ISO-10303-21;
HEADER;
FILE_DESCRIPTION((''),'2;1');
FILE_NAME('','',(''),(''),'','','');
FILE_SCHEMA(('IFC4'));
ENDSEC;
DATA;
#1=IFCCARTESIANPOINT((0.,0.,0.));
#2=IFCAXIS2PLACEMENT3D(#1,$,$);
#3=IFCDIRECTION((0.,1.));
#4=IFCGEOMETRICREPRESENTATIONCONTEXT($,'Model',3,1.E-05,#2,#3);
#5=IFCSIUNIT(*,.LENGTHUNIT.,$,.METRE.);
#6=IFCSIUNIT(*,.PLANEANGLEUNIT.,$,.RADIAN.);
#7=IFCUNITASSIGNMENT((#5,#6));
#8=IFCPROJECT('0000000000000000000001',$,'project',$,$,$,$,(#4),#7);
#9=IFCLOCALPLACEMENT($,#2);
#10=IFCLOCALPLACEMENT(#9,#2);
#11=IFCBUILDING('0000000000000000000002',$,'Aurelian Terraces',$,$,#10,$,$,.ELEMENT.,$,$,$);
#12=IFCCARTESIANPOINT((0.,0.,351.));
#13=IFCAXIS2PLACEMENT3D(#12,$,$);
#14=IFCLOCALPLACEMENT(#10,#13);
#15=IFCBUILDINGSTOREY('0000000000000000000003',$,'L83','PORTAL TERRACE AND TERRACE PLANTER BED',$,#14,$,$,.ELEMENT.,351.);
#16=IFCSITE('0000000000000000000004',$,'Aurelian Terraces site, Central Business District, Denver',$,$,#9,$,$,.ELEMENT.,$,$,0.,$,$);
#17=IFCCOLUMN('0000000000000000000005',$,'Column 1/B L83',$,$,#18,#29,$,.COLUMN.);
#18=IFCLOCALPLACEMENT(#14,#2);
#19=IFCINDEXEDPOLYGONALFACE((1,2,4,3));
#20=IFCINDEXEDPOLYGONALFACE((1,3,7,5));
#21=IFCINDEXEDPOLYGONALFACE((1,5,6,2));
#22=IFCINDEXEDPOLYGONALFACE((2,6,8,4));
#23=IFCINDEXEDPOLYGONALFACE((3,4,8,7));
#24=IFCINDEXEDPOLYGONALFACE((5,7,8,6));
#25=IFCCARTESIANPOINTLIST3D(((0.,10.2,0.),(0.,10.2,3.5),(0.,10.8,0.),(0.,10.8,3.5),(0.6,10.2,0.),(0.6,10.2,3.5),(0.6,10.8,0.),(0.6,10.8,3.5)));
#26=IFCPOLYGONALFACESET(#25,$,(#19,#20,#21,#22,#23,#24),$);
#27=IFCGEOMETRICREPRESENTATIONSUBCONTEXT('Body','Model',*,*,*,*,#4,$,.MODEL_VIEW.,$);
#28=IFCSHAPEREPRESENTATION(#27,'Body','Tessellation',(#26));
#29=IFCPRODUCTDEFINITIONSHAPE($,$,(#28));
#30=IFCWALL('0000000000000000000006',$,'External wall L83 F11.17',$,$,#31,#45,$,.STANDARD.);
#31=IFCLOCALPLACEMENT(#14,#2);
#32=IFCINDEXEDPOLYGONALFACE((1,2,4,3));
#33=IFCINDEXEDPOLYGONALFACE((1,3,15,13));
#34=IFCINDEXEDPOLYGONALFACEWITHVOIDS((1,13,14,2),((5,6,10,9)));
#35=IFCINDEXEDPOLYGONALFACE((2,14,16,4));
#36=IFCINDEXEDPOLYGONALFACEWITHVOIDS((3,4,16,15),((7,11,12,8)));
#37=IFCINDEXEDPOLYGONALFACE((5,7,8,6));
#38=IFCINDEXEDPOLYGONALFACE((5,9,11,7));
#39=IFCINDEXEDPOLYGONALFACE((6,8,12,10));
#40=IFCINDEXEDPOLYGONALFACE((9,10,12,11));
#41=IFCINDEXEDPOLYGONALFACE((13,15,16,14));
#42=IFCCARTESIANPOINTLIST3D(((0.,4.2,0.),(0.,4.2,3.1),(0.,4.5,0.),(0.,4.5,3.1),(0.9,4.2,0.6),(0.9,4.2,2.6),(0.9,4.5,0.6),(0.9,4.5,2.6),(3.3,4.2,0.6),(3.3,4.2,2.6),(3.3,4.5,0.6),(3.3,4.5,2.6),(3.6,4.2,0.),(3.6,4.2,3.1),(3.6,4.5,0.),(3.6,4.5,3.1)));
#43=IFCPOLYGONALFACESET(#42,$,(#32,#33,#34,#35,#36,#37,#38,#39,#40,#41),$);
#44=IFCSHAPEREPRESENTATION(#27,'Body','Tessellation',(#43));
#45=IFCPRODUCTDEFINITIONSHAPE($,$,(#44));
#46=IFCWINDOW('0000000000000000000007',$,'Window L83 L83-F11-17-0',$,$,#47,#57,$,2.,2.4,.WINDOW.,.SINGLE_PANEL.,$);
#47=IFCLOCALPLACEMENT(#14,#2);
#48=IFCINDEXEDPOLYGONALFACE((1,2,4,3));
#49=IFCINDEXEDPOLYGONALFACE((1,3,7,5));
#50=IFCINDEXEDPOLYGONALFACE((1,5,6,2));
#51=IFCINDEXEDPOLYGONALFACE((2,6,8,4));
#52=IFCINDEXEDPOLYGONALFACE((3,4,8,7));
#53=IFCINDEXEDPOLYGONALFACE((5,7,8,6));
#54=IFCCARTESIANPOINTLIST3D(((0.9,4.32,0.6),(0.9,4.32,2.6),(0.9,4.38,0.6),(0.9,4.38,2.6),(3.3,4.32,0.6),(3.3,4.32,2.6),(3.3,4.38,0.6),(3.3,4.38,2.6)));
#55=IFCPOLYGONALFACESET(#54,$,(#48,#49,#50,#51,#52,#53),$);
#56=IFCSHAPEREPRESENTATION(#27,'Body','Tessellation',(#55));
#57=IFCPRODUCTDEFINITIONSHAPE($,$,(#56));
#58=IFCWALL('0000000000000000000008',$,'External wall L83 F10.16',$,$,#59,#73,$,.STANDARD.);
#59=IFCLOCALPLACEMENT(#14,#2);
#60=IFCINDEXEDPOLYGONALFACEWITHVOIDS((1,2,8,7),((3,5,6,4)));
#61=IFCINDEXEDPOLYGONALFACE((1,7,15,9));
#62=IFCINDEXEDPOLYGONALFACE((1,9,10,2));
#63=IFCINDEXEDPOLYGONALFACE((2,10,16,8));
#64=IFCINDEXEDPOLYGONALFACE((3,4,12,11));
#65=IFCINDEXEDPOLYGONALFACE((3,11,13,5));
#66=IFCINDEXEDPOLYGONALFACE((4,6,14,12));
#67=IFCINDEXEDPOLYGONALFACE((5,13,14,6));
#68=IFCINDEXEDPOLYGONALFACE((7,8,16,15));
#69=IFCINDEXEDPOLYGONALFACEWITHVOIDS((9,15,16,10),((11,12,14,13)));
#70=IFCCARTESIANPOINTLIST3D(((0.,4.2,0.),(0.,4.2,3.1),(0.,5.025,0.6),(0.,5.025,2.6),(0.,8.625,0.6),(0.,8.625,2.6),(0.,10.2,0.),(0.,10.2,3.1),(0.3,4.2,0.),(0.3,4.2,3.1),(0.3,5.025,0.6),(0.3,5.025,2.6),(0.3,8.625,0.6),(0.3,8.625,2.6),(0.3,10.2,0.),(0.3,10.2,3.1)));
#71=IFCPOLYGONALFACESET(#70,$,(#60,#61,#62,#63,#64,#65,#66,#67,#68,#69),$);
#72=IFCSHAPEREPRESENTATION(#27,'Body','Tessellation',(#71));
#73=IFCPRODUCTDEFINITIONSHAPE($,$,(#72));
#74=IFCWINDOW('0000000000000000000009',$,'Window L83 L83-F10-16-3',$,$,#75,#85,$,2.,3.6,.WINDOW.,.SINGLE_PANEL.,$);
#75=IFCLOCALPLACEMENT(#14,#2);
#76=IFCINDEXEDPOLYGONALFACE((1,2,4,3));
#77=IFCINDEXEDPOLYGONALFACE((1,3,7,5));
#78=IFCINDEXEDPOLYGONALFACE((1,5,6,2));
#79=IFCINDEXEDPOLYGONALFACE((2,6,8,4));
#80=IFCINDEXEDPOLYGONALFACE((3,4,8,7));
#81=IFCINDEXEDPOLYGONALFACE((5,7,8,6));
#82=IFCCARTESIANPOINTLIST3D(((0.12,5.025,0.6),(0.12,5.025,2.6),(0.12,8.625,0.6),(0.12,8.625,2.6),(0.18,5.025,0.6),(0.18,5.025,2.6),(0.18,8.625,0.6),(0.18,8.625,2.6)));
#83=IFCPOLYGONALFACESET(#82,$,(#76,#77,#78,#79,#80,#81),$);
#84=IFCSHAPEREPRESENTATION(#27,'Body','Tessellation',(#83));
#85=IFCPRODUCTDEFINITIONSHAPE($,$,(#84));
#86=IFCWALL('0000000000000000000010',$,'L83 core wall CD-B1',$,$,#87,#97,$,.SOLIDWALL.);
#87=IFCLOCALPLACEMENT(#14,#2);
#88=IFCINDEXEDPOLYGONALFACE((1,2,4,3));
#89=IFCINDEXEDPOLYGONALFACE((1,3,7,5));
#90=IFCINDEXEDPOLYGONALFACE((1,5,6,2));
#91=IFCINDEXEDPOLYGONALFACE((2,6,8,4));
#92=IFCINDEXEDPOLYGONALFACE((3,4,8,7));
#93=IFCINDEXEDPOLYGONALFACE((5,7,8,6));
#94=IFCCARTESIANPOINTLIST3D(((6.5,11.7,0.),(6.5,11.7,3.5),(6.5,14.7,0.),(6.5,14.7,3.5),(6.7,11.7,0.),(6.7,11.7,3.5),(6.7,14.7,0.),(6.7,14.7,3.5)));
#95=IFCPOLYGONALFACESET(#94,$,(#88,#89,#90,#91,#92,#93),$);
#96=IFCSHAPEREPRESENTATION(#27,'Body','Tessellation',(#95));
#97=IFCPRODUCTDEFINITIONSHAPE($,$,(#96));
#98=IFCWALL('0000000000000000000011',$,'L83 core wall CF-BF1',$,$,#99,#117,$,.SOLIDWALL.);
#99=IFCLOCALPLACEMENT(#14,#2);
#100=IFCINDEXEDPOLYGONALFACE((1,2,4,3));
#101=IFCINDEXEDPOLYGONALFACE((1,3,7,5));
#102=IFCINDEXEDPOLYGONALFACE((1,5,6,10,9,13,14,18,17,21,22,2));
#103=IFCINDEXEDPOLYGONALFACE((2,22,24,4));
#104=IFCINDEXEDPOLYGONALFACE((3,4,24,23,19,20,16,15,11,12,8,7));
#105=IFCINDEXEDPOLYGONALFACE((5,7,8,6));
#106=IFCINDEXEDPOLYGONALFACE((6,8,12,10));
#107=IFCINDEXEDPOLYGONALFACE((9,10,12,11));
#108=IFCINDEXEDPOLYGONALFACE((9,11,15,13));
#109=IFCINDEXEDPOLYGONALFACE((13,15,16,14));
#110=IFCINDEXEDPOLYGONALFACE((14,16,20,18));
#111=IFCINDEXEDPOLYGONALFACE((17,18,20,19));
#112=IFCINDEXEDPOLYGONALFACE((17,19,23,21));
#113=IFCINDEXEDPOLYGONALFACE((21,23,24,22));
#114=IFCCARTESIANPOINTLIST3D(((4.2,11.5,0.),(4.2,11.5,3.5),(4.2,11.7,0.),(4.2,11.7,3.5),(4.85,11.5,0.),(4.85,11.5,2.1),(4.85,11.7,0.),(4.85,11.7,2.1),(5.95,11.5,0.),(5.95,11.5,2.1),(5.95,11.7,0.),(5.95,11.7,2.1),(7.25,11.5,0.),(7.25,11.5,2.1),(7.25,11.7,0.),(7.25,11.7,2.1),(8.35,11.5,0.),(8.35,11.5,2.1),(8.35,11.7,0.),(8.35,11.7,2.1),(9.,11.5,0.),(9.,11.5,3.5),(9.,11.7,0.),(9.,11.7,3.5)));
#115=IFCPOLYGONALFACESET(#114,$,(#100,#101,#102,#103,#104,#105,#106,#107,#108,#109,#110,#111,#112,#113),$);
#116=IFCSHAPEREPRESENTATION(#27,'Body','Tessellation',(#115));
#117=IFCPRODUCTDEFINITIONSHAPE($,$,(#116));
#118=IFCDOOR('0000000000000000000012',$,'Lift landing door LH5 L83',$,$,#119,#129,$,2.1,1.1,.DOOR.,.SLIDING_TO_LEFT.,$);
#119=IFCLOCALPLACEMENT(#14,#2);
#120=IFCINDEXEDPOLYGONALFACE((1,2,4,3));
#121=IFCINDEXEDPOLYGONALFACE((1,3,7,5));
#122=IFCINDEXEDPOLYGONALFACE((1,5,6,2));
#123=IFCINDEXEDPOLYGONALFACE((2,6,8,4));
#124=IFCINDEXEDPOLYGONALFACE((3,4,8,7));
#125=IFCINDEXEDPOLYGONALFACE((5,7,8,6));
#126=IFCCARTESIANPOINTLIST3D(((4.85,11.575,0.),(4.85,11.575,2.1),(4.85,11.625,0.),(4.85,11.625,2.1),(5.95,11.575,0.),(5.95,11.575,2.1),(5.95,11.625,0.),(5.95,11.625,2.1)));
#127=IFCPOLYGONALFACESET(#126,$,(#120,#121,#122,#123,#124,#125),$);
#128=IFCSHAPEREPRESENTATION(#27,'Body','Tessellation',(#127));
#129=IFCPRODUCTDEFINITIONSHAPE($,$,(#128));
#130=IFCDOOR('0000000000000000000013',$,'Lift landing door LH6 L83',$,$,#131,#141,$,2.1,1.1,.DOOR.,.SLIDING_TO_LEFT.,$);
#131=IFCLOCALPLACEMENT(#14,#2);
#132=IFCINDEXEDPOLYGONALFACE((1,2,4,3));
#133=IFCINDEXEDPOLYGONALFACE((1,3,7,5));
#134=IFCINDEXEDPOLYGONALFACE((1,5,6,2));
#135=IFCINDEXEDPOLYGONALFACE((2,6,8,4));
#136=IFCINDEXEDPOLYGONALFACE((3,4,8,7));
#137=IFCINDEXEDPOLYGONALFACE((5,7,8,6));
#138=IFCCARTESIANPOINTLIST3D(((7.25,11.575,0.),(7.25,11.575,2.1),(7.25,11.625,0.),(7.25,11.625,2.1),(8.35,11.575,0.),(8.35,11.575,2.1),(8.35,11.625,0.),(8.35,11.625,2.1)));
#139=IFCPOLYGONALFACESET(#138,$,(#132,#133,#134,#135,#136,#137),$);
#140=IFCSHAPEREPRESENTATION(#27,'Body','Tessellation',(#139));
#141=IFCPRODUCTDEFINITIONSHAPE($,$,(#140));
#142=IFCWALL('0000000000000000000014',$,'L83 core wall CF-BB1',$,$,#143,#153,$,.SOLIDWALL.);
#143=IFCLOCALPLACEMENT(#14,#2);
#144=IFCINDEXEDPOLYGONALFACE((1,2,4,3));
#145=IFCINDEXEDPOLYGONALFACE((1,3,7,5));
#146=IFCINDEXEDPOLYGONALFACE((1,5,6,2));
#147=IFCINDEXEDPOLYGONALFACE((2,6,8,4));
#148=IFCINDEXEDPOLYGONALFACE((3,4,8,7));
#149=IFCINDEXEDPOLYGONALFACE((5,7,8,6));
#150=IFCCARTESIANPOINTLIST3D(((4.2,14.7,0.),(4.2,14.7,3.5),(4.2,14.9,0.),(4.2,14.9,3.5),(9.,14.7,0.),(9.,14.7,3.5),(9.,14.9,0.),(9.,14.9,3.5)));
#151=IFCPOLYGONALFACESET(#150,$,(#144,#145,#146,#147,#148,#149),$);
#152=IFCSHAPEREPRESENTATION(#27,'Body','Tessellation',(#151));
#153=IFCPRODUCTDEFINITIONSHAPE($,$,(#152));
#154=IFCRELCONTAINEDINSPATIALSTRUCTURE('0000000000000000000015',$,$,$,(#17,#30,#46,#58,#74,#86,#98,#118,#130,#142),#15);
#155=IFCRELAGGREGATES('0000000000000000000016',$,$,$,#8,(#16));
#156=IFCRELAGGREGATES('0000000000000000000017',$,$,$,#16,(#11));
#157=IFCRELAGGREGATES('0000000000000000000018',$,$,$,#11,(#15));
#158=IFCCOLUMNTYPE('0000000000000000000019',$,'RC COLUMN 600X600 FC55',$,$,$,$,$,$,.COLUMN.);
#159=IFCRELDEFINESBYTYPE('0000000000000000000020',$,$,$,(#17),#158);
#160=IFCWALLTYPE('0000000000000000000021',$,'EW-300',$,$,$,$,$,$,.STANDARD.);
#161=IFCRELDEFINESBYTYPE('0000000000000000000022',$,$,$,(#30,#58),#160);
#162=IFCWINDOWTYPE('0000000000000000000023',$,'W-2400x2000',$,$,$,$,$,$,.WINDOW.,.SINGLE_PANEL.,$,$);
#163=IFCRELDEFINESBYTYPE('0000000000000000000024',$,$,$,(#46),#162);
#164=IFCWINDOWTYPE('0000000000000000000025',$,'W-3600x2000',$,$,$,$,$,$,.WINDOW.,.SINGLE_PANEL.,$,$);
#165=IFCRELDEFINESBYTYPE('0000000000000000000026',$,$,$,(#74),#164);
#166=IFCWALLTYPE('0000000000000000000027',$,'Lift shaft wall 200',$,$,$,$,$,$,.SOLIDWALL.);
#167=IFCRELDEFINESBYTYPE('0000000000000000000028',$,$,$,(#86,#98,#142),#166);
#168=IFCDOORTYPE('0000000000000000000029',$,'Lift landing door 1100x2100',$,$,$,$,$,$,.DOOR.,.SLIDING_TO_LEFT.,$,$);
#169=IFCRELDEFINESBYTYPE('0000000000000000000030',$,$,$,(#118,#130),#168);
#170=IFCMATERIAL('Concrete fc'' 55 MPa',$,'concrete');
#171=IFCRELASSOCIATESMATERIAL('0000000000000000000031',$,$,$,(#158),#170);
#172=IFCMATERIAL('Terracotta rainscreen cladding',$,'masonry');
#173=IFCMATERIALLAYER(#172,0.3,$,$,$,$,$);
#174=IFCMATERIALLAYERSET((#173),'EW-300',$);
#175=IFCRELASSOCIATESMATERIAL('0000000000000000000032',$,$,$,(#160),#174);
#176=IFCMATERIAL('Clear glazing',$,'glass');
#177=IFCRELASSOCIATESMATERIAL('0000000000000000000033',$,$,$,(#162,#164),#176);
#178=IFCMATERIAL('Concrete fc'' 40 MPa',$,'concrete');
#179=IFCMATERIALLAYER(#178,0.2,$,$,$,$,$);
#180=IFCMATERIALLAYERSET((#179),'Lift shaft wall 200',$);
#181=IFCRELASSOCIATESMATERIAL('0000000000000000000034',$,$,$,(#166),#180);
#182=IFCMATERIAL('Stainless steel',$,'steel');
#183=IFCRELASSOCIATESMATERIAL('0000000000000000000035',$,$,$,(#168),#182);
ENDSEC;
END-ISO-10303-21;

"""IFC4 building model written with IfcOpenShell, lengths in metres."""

from ifc_helpers import new_model, si_unit, direction, frame, frame_2d, origin, origin_2d, place, context, subcontext, project, spatial, rectangle, extrude, source, transform, mapped, material, layer, layer_set, material_profile, profile_set, type_object, element, fill, save


model = new_model("IFC4")

# Units and contexts
model_context = context("Model", 3, precision=1e-05, world=origin(), true_north=direction((0.0, 1.0)))
body_context = subcontext(model_context, "Body", "Model", "MODEL_VIEW")
ifc_project = project(units=[si_unit("LENGTHUNIT", "METRE"), si_unit("PLANEANGLEUNIT", "RADIAN")], contexts=[model_context])

# Site, building, storey
site_placement = place(None, origin())
site = spatial("IfcSite", under=ifc_project, at=site_placement, Name="Aurelian Terraces site, Central Business District, Denver", CompositionType="ELEMENT", RefElevation=0.0)
building_placement = place(site_placement, origin())
building = spatial("IfcBuilding", under=site, at=building_placement, Name="Aurelian Terraces", CompositionType="ELEMENT")
storey_placement = place(building_placement, frame((0.0, 0.0, 351.0)))
storey = spatial("IfcBuildingStorey", under=building, at=storey_placement, Name="L83", Description="PORTAL TERRACE AND TERRACE PLANTER BED", CompositionType="ELEMENT", Elevation=351.0)

# Column
ifc_material_1 = material(Name="Concrete fc' 55 MPa", Category="concrete")
ifc_material_profile = material_profile(ifc_material_1, rectangle(XDim=0.6, YDim=0.6, at=origin_2d()))
ifc_profile_set = profile_set([ifc_material_profile], Name="Concrete fc' 55 MPa")
column_type = type_object("IfcColumnType", Name="RC COLUMN 600X600 FC55", PredefinedType="COLUMN", material=ifc_profile_set)
shared_shape_1 = source(origin(), body_context, "Body", "SweptSolid", [
    extrude(rectangle(XDim=0.6, YDim=0.6, at=origin_2d()), origin(), (0.0, 0.0, 1.0), 3.5),
])
column_placement = place(storey_placement, frame((0.3, 10.5, 0.0), z_axis=(0.0, 0.0, 1.0), x_axis=(1.0, 0.0, 0.0)))
element("IfcColumn", 1, at=column_placement, inside=storey, type_object=column_type, Name="Column 1/B L83", PredefinedType="COLUMN", context=body_context, shape_type="MappedRepresentation", body=[
    mapped(shared_shape_1, transform((0.0, 0.0, 0.0), scale=1.0)),
])

# Walls, openings, windows
ifc_material_2 = material(Name="Terracotta rainscreen cladding", Category="masonry")
ifc_layer_1 = layer(ifc_material_2, 0.3)
ifc_layer_set_1 = layer_set([ifc_layer_1], Name="EW-300")
wall_type_1 = type_object("IfcWallType", Name="EW-300", PredefinedType="STANDARD", material=ifc_layer_set_1)
shared_shape_2 = source(origin(), body_context, "Body", "SweptSolid", [
    extrude(rectangle(XDim=3.6, YDim=0.3, at=frame_2d((1.8, 0.0))), origin(), (0.0, 0.0, 1.0), 3.1),
])
wall_1_placement = place(storey_placement, frame((0.0, 4.35, 0.0), z_axis=(0.0, 0.0, 1.0), x_axis=(1.0, 0.0, 0.0)))
wall_1 = element("IfcWall", 2, at=wall_1_placement, inside=storey, type_object=wall_type_1, Name="External wall L83 F11.17", PredefinedType="STANDARD", context=body_context, shape_type="MappedRepresentation", body=[
    mapped(shared_shape_2, transform((0.0, 0.0, 0.0), scale=1.0)),
])
shared_shape_3 = source(origin(), body_context, "Body", "SweptSolid", [
    extrude(rectangle(XDim=2.4, YDim=2.0, at=frame_2d((1.2, 1.0))), frame((0.0, 0.16, 0.0), z_axis=(0.0, -1.0, 0.0), x_axis=(1.0, 0.0, 0.0)), (0.0, 0.0, 1.0), 0.32),
])
opening_1_placement = place(wall_1_placement, frame((0.9, 0.0, 0.6)))
opening_1 = element("IfcOpeningElement", 3, at=opening_1_placement, cuts=wall_1, PredefinedType="OPENING", context=body_context, shape_type="MappedRepresentation", body=[
    mapped(shared_shape_3, transform((0.0, 0.0, 0.0), scale=1.0)),
])
ifc_material_3 = material(Name="Clear glazing", Category="glass")
window_type_1 = type_object("IfcWindowType", Name="W-2400x2000", PartitioningType="SINGLE_PANEL", PredefinedType="WINDOW", material=ifc_material_3)
shared_shape_4 = source(origin(), body_context, "Body", "SweptSolid", [
    extrude(rectangle(XDim=2.4, YDim=2.0, at=frame_2d((1.2, 1.0))), frame((0.0, 0.03, 0.0), z_axis=(0.0, -1.0, 0.0), x_axis=(1.0, 0.0, 0.0)), (0.0, 0.0, 1.0), 0.06),
])
window_1_placement = place(opening_1_placement, origin())
window_1 = element("IfcWindow", 4, at=window_1_placement, inside=storey, type_object=window_type_1, Name="Window L83 L83-F11-17-0", OverallHeight=2.0, OverallWidth=2.4, PartitioningType="SINGLE_PANEL", PredefinedType="WINDOW", context=body_context, shape_type="MappedRepresentation", body=[
    mapped(shared_shape_4, transform((0.0, 0.0, 0.0), scale=1.0)),
])
fill(opening_1, window_1)
shared_shape_5 = source(origin(), body_context, "Body", "SweptSolid", [
    extrude(rectangle(XDim=6.0, YDim=0.3, at=frame_2d((3.0, 0.0))), origin(), (0.0, 0.0, 1.0), 3.1),
])
wall_2_placement = place(storey_placement, frame((0.15, 10.2, 0.0), z_axis=(0.0, 0.0, 1.0), x_axis=(0.0, -1.0, 0.0)))
wall_2 = element("IfcWall", 5, at=wall_2_placement, inside=storey, type_object=wall_type_1, Name="External wall L83 F10.16", PredefinedType="STANDARD", context=body_context, shape_type="MappedRepresentation", body=[
    mapped(shared_shape_5, transform((0.0, 0.0, 0.0), scale=1.0)),
])
shared_shape_6 = source(origin(), body_context, "Body", "SweptSolid", [
    extrude(rectangle(XDim=3.6, YDim=2.0, at=frame_2d((1.8, 1.0))), frame((0.0, 0.16, 0.0), z_axis=(0.0, -1.0, 0.0), x_axis=(1.0, 0.0, 0.0)), (0.0, 0.0, 1.0), 0.32),
])
opening_2_placement = place(wall_2_placement, frame((1.575, 0.0, 0.6)))
opening_2 = element("IfcOpeningElement", 6, at=opening_2_placement, cuts=wall_2, PredefinedType="OPENING", context=body_context, shape_type="MappedRepresentation", body=[
    mapped(shared_shape_6, transform((0.0, 0.0, 0.0), scale=1.0)),
])
window_type_2 = type_object("IfcWindowType", Name="W-3600x2000", PartitioningType="SINGLE_PANEL", PredefinedType="WINDOW", material=ifc_material_3)
shared_shape_7 = source(origin(), body_context, "Body", "SweptSolid", [
    extrude(rectangle(XDim=3.6, YDim=2.0, at=frame_2d((1.8, 1.0))), frame((0.0, 0.03, 0.0), z_axis=(0.0, -1.0, 0.0), x_axis=(1.0, 0.0, 0.0)), (0.0, 0.0, 1.0), 0.06),
])
window_2_placement = place(opening_2_placement, origin())
window_2 = element("IfcWindow", 7, at=window_2_placement, inside=storey, type_object=window_type_2, Name="Window L83 L83-F10-16-3", OverallHeight=2.0, OverallWidth=3.6, PartitioningType="SINGLE_PANEL", PredefinedType="WINDOW", context=body_context, shape_type="MappedRepresentation", body=[
    mapped(shared_shape_7, transform((0.0, 0.0, 0.0), scale=1.0)),
])
fill(opening_2, window_2)

# Wall
ifc_material_4 = material(Name="Concrete fc' 40 MPa", Category="concrete")
ifc_layer_2 = layer(ifc_material_4, 0.2)
ifc_layer_set_2 = layer_set([ifc_layer_2], Name="Lift shaft wall 200")
wall_type_2 = type_object("IfcWallType", Name="Lift shaft wall 200", PredefinedType="SOLIDWALL", material=ifc_layer_set_2)
shared_shape_8 = source(origin(), body_context, "Body", "SweptSolid", [
    extrude(rectangle(XDim=3.0, YDim=0.2, at=frame_2d((1.5, 0.0))), origin(), (0.0, 0.0, 1.0), 3.5),
])
wall_3_placement = place(storey_placement, frame((6.6, 11.7, 0.0), z_axis=(0.0, 0.0, 1.0), x_axis=(0.0, 1.0, 0.0)))
element("IfcWall", 8, at=wall_3_placement, inside=storey, type_object=wall_type_2, Name="L83 core wall CD-B1", PredefinedType="SOLIDWALL", context=body_context, shape_type="MappedRepresentation", body=[
    mapped(shared_shape_8, transform((0.0, 0.0, 0.0), scale=1.0)),
])

# Wall, openings, doors
shared_shape_9 = source(origin(), body_context, "Body", "SweptSolid", [
    extrude(rectangle(XDim=4.8, YDim=0.2, at=frame_2d((2.4, 0.0))), origin(), (0.0, 0.0, 1.0), 3.5),
])
wall_4_placement = place(storey_placement, frame((4.2, 11.6, 0.0), z_axis=(0.0, 0.0, 1.0), x_axis=(1.0, 0.0, 0.0)))
wall_4 = element("IfcWall", 9, at=wall_4_placement, inside=storey, type_object=wall_type_2, Name="L83 core wall CF-BF1", PredefinedType="SOLIDWALL", context=body_context, shape_type="MappedRepresentation", body=[
    mapped(shared_shape_9, transform((0.0, 0.0, 0.0), scale=1.0)),
])
shared_shape_10 = source(origin(), body_context, "Body", "SweptSolid", [
    extrude(rectangle(XDim=1.1, YDim=2.1, at=frame_2d((0.55, 1.05))), frame((0.0, 0.11, 0.0), z_axis=(0.0, -1.0, 0.0), x_axis=(1.0, 0.0, 0.0)), (0.0, 0.0, 1.0), 0.22),
])
opening_3_placement = place(wall_4_placement, frame((0.65, 0.0, 0.0)))
opening_3 = element("IfcOpeningElement", 10, at=opening_3_placement, cuts=wall_4, PredefinedType="OPENING", context=body_context, shape_type="MappedRepresentation", body=[
    mapped(shared_shape_10, transform((0.0, 0.0, 0.0), scale=1.0)),
])
opening_4_placement = place(wall_4_placement, frame((3.05, 0.0, 0.0)))
opening_4 = element("IfcOpeningElement", 11, at=opening_4_placement, cuts=wall_4, PredefinedType="OPENING", context=body_context, shape_type="MappedRepresentation", body=[
    mapped(shared_shape_10, transform((0.0, 0.0, 0.0), scale=1.0)),
])
ifc_material_5 = material(Name="Stainless steel", Category="steel")
door_type_1 = type_object("IfcDoorType", Name="Lift landing door 1100x2100", OperationType="SLIDING_TO_LEFT", PredefinedType="DOOR", material=ifc_material_5)
shared_shape_11 = source(origin(), body_context, "Body", "SweptSolid", [
    extrude(rectangle(XDim=1.1, YDim=2.1, at=frame_2d((0.55, 1.05))), frame((0.0, 0.025, 0.0), z_axis=(0.0, -1.0, 0.0), x_axis=(1.0, 0.0, 0.0)), (0.0, 0.0, 1.0), 0.05),
])
door_1_placement = place(opening_3_placement, origin())
door_1 = element("IfcDoor", 12, at=door_1_placement, inside=storey, type_object=door_type_1, Name="Lift landing door LH5 L83", OperationType="SLIDING_TO_LEFT", OverallHeight=2.1, OverallWidth=1.1, PredefinedType="DOOR", context=body_context, shape_type="MappedRepresentation", body=[
    mapped(shared_shape_11, transform((0.0, 0.0, 0.0), scale=1.0)),
])
fill(opening_3, door_1)
door_2_placement = place(opening_4_placement, origin())
door_2 = element("IfcDoor", 13, at=door_2_placement, inside=storey, type_object=door_type_1, Name="Lift landing door LH6 L83", OperationType="SLIDING_TO_LEFT", OverallHeight=2.1, OverallWidth=1.1, PredefinedType="DOOR", context=body_context, shape_type="MappedRepresentation", body=[
    mapped(shared_shape_11, transform((0.0, 0.0, 0.0), scale=1.0)),
])
fill(opening_4, door_2)

# Wall
wall_5_placement = place(storey_placement, frame((4.2, 14.8, 0.0), z_axis=(0.0, 0.0, 1.0), x_axis=(1.0, 0.0, 0.0)))
element("IfcWall", 14, at=wall_5_placement, inside=storey, type_object=wall_type_2, Name="L83 core wall CF-BB1", PredefinedType="SOLIDWALL", context=body_context, shape_type="MappedRepresentation", body=[
    mapped(shared_shape_9, transform((0.0, 0.0, 0.0), scale=1.0)),
])

save(model, "model.ifc")
